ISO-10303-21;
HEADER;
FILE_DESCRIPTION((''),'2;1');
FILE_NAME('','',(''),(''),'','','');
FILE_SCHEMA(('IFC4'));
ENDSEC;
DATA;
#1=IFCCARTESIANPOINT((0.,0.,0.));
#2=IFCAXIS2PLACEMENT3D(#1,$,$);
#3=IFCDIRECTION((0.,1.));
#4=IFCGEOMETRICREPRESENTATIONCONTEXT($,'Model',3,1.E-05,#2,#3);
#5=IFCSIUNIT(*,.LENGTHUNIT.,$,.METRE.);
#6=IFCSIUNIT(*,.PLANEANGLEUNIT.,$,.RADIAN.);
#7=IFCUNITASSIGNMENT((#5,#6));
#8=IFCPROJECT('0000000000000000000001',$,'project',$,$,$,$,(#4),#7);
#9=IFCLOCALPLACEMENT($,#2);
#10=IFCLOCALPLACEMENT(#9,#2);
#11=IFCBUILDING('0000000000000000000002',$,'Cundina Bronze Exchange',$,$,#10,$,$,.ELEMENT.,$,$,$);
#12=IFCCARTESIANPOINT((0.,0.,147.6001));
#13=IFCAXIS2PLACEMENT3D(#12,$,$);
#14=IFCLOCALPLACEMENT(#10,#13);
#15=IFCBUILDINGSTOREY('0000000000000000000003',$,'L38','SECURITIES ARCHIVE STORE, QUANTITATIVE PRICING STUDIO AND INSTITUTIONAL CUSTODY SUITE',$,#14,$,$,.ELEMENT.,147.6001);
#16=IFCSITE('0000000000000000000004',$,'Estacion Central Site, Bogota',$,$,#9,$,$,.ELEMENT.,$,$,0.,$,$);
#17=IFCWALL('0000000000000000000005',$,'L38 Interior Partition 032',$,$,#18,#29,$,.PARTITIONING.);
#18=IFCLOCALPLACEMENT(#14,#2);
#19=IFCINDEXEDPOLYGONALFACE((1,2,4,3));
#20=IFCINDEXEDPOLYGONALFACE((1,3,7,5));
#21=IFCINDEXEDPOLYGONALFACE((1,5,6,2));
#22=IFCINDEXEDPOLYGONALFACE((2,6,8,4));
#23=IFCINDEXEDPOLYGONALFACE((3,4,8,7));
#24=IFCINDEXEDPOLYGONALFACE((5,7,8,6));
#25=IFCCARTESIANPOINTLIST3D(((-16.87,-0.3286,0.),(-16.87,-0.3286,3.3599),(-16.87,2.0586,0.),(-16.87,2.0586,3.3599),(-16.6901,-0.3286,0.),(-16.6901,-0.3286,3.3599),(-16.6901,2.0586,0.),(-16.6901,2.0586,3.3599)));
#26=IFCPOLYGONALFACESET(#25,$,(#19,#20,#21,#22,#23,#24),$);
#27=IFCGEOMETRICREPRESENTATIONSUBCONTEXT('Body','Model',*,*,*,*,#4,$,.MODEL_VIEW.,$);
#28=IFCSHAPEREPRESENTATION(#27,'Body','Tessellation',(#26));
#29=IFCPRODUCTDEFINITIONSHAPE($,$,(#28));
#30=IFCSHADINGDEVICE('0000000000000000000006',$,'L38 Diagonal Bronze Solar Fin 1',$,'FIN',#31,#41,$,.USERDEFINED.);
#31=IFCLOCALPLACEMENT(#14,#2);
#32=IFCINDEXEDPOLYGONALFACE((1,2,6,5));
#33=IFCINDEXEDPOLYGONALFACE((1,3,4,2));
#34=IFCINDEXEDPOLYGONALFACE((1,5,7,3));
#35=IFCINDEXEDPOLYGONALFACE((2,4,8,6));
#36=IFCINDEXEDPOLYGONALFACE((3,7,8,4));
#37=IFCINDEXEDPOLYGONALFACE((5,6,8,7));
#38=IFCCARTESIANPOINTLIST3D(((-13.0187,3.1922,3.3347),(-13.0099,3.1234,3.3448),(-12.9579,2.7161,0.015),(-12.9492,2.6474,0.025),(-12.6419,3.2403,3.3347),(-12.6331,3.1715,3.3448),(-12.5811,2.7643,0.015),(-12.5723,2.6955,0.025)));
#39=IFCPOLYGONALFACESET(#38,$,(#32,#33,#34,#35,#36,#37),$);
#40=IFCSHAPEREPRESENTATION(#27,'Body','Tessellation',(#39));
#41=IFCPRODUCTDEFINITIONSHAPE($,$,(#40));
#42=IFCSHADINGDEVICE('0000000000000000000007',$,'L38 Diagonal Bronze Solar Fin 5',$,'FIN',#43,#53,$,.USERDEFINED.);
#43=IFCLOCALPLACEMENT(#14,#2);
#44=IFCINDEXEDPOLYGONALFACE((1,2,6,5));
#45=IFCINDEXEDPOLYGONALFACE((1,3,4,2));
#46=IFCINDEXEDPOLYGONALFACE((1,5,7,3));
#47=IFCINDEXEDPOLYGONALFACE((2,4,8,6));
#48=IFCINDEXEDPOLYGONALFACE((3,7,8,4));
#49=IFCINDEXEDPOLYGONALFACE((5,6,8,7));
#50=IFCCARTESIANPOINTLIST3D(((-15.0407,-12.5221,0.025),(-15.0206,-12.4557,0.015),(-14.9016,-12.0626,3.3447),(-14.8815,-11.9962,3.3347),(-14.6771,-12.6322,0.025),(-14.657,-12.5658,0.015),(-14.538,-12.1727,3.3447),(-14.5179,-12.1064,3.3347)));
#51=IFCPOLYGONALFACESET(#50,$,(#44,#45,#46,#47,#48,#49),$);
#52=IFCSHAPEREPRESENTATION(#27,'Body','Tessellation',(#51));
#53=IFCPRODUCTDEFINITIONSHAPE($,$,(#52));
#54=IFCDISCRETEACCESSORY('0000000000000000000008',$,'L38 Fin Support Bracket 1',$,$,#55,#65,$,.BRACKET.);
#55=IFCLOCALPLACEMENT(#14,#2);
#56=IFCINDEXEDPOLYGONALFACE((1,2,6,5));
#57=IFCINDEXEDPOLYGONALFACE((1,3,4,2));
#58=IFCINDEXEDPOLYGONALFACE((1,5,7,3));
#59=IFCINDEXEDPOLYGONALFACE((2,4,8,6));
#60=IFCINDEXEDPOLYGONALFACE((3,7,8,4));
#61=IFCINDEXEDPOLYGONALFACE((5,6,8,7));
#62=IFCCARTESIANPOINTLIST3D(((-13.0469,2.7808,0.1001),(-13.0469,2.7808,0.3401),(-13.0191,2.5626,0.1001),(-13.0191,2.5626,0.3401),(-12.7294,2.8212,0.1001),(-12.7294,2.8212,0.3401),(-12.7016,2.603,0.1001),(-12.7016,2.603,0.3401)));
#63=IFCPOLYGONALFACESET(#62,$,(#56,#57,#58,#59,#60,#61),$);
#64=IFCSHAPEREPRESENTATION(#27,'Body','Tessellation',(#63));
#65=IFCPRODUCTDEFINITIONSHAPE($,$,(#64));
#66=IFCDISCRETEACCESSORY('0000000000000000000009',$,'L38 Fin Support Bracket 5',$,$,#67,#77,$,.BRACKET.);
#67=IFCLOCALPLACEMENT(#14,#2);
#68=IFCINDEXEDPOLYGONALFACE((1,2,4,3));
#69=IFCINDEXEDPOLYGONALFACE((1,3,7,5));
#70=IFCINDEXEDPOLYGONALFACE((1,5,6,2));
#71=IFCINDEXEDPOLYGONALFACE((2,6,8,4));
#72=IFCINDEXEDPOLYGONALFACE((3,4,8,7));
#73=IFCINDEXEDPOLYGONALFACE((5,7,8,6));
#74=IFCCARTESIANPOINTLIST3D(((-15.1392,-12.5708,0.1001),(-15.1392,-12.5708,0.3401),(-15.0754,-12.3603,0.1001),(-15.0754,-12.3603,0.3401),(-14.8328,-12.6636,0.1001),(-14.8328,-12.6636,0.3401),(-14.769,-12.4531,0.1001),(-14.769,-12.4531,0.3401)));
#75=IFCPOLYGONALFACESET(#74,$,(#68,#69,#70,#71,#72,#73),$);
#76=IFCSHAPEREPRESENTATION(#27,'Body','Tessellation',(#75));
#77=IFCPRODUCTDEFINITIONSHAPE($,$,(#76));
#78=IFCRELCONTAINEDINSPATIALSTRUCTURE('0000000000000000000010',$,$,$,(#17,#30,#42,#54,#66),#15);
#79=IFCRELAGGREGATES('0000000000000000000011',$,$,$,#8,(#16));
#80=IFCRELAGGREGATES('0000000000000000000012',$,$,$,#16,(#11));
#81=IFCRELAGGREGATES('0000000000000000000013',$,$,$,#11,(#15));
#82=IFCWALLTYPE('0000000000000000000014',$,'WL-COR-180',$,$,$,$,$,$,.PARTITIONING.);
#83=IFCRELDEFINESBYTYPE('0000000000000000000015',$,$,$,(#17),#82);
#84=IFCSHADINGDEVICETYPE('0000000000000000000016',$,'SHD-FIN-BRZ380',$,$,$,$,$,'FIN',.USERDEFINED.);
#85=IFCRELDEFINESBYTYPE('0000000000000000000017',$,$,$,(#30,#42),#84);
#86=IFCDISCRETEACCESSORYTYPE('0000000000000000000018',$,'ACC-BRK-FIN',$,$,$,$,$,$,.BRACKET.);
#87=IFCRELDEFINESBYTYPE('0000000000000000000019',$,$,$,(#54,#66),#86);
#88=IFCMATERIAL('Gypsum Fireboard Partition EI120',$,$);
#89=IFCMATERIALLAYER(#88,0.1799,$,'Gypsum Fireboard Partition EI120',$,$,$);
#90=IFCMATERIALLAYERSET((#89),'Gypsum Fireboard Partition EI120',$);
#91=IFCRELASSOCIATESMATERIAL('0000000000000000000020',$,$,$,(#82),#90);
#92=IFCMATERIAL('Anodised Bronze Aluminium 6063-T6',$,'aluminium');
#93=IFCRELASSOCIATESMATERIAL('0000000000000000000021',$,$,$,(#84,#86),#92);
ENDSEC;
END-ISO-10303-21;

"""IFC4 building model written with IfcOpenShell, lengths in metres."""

from ifc_helpers import new_model, si_unit, direction, frame, frame_2d, origin, origin_2d, place, context, subcontext, project, spatial, rectangle, extrude, material, layer, layer_set, material_profile, profile_set, type_object, element, save


model = new_model("IFC4")

# Units and contexts
model_context = context("Model", 3, precision=1e-05, world=origin(), true_north=direction((0.0, 1.0)))
body_context = subcontext(model_context, "Body", "Model", "MODEL_VIEW")
ifc_project = project(units=[si_unit("LENGTHUNIT", "METRE"), si_unit("PLANEANGLEUNIT", "RADIAN")], contexts=[model_context])

# Site, building, storey
site_placement = place(None, origin())
site = spatial("IfcSite", under=ifc_project, at=site_placement, Name="Estacion Central Site, Bogota", CompositionType="ELEMENT", RefElevation=0.0)
building_placement = place(site_placement, origin())
building = spatial("IfcBuilding", under=site, at=building_placement, Name="Cundina Bronze Exchange", CompositionType="ELEMENT")
storey_placement = place(building_placement, frame((0.0, 0.0, 147.6001)))
storey = spatial("IfcBuildingStorey", under=building, at=storey_placement, Name="L38", Description="SECURITIES ARCHIVE STORE, QUANTITATIVE PRICING STUDIO AND INSTITUTIONAL CUSTODY SUITE", CompositionType="ELEMENT", Elevation=147.6001)

# Shared definitions
ifc_material_1 = material(Name="Anodised Bronze Aluminium 6063-T6", Category="aluminium")

# Wall
ifc_material_2 = material(Name="Gypsum Fireboard Partition EI120")
ifc_layer_1 = layer(ifc_material_2, 0.1799, Name="Gypsum Fireboard Partition EI120")
ifc_layer_set_1 = layer_set([ifc_layer_1], Name="Gypsum Fireboard Partition EI120")
wall_type = type_object("IfcWallType", Name="WL-COR-180", PredefinedType="PARTITIONING", material=ifc_layer_set_1)
wall_1_placement = place(storey_placement, frame((-16.78, -0.3286, 0.0), z_axis=(0.0, 0.0, 1.0), x_axis=(0.0, 1.0, 0.0)))
element("IfcWall", 1, at=wall_1_placement, inside=storey, type_object=wall_type, Name="L38 Interior Partition 032", PredefinedType="PARTITIONING", context=body_context, shape_type="SweptSolid", body=[
    extrude(rectangle(XDim=2.3872, YDim=0.1799, at=frame_2d((1.1936, 0.0))), origin(), (0.0, 0.0, 1.0), 3.3599),
])

# Shading devices
ifc_material_profile_1 = material_profile(ifc_material_1, rectangle(XDim=0.0701, YDim=0.3799, at=origin_2d()), Name="FIN70X380", Category="aluminium")
ifc_profile_set_1 = profile_set([ifc_material_profile_1], Name="Anodised Bronze Aluminium 6063-T6")
shading_device_type = type_object("IfcShadingDeviceType", Name="SHD-FIN-BRZ380", ElementType="FIN", PredefinedType="USERDEFINED", material=ifc_profile_set_1)
for number, where, z_axis, x_axis, name in (
    (2, (-12.7651, 2.7058, 0.02), (-0.018123, 0.141928, 0.989711), (0.125361, -0.98174, 0.14308), "L38 Diagonal Bronze Solar Fin 1"),
    (3, (-14.8489, -12.5439, 0.02), (0.041486, 0.136978, 0.989705), (-0.286882, -0.947214, 0.143123), "L38 Diagonal Bronze Solar Fin 5"),
):
    element("IfcShadingDevice", number, at=place(storey_placement, frame(where, z_axis=z_axis, x_axis=x_axis)), inside=storey, type_object=shading_device_type, Name=name, ObjectType="FIN", PredefinedType="USERDEFINED", context=body_context, shape_type="SweptSolid", body=[
        extrude(rectangle(XDim=0.0701, YDim=0.3799, at=origin_2d()), origin(), (0.0, 0.0, 1.0), 3.3542),
    ])

# Discrete accessories
discrete_accessory_type = type_object("IfcDiscreteAccessoryType", Name="ACC-BRK-FIN", PredefinedType="BRACKET", material=ifc_material_1)
for number, where, z_axis, x_axis, name in (
    (4, (-12.8743, 2.6919, 0.1001), (0.0, 0.0, 1.0), (-0.126476, 0.99197, 0.0), "L38 Fin Support Bracket 1"),
    (5, (-14.9541, -12.512, 0.1001), (0.0, 0.0, 1.0), (0.290051, 0.957011, 0.0), "L38 Fin Support Bracket 5"),
):
    element("IfcDiscreteAccessory", number, at=place(storey_placement, frame(where, z_axis=z_axis, x_axis=x_axis)), inside=storey, type_object=discrete_accessory_type, Name=name, PredefinedType="BRACKET", context=body_context, shape_type="SweptSolid", body=[
        extrude(rectangle(XDim=0.22, YDim=0.3201, at=origin_2d()), origin(), (0.0, 0.0, 1.0), 0.24),
    ])

save(model, "model.ifc")
